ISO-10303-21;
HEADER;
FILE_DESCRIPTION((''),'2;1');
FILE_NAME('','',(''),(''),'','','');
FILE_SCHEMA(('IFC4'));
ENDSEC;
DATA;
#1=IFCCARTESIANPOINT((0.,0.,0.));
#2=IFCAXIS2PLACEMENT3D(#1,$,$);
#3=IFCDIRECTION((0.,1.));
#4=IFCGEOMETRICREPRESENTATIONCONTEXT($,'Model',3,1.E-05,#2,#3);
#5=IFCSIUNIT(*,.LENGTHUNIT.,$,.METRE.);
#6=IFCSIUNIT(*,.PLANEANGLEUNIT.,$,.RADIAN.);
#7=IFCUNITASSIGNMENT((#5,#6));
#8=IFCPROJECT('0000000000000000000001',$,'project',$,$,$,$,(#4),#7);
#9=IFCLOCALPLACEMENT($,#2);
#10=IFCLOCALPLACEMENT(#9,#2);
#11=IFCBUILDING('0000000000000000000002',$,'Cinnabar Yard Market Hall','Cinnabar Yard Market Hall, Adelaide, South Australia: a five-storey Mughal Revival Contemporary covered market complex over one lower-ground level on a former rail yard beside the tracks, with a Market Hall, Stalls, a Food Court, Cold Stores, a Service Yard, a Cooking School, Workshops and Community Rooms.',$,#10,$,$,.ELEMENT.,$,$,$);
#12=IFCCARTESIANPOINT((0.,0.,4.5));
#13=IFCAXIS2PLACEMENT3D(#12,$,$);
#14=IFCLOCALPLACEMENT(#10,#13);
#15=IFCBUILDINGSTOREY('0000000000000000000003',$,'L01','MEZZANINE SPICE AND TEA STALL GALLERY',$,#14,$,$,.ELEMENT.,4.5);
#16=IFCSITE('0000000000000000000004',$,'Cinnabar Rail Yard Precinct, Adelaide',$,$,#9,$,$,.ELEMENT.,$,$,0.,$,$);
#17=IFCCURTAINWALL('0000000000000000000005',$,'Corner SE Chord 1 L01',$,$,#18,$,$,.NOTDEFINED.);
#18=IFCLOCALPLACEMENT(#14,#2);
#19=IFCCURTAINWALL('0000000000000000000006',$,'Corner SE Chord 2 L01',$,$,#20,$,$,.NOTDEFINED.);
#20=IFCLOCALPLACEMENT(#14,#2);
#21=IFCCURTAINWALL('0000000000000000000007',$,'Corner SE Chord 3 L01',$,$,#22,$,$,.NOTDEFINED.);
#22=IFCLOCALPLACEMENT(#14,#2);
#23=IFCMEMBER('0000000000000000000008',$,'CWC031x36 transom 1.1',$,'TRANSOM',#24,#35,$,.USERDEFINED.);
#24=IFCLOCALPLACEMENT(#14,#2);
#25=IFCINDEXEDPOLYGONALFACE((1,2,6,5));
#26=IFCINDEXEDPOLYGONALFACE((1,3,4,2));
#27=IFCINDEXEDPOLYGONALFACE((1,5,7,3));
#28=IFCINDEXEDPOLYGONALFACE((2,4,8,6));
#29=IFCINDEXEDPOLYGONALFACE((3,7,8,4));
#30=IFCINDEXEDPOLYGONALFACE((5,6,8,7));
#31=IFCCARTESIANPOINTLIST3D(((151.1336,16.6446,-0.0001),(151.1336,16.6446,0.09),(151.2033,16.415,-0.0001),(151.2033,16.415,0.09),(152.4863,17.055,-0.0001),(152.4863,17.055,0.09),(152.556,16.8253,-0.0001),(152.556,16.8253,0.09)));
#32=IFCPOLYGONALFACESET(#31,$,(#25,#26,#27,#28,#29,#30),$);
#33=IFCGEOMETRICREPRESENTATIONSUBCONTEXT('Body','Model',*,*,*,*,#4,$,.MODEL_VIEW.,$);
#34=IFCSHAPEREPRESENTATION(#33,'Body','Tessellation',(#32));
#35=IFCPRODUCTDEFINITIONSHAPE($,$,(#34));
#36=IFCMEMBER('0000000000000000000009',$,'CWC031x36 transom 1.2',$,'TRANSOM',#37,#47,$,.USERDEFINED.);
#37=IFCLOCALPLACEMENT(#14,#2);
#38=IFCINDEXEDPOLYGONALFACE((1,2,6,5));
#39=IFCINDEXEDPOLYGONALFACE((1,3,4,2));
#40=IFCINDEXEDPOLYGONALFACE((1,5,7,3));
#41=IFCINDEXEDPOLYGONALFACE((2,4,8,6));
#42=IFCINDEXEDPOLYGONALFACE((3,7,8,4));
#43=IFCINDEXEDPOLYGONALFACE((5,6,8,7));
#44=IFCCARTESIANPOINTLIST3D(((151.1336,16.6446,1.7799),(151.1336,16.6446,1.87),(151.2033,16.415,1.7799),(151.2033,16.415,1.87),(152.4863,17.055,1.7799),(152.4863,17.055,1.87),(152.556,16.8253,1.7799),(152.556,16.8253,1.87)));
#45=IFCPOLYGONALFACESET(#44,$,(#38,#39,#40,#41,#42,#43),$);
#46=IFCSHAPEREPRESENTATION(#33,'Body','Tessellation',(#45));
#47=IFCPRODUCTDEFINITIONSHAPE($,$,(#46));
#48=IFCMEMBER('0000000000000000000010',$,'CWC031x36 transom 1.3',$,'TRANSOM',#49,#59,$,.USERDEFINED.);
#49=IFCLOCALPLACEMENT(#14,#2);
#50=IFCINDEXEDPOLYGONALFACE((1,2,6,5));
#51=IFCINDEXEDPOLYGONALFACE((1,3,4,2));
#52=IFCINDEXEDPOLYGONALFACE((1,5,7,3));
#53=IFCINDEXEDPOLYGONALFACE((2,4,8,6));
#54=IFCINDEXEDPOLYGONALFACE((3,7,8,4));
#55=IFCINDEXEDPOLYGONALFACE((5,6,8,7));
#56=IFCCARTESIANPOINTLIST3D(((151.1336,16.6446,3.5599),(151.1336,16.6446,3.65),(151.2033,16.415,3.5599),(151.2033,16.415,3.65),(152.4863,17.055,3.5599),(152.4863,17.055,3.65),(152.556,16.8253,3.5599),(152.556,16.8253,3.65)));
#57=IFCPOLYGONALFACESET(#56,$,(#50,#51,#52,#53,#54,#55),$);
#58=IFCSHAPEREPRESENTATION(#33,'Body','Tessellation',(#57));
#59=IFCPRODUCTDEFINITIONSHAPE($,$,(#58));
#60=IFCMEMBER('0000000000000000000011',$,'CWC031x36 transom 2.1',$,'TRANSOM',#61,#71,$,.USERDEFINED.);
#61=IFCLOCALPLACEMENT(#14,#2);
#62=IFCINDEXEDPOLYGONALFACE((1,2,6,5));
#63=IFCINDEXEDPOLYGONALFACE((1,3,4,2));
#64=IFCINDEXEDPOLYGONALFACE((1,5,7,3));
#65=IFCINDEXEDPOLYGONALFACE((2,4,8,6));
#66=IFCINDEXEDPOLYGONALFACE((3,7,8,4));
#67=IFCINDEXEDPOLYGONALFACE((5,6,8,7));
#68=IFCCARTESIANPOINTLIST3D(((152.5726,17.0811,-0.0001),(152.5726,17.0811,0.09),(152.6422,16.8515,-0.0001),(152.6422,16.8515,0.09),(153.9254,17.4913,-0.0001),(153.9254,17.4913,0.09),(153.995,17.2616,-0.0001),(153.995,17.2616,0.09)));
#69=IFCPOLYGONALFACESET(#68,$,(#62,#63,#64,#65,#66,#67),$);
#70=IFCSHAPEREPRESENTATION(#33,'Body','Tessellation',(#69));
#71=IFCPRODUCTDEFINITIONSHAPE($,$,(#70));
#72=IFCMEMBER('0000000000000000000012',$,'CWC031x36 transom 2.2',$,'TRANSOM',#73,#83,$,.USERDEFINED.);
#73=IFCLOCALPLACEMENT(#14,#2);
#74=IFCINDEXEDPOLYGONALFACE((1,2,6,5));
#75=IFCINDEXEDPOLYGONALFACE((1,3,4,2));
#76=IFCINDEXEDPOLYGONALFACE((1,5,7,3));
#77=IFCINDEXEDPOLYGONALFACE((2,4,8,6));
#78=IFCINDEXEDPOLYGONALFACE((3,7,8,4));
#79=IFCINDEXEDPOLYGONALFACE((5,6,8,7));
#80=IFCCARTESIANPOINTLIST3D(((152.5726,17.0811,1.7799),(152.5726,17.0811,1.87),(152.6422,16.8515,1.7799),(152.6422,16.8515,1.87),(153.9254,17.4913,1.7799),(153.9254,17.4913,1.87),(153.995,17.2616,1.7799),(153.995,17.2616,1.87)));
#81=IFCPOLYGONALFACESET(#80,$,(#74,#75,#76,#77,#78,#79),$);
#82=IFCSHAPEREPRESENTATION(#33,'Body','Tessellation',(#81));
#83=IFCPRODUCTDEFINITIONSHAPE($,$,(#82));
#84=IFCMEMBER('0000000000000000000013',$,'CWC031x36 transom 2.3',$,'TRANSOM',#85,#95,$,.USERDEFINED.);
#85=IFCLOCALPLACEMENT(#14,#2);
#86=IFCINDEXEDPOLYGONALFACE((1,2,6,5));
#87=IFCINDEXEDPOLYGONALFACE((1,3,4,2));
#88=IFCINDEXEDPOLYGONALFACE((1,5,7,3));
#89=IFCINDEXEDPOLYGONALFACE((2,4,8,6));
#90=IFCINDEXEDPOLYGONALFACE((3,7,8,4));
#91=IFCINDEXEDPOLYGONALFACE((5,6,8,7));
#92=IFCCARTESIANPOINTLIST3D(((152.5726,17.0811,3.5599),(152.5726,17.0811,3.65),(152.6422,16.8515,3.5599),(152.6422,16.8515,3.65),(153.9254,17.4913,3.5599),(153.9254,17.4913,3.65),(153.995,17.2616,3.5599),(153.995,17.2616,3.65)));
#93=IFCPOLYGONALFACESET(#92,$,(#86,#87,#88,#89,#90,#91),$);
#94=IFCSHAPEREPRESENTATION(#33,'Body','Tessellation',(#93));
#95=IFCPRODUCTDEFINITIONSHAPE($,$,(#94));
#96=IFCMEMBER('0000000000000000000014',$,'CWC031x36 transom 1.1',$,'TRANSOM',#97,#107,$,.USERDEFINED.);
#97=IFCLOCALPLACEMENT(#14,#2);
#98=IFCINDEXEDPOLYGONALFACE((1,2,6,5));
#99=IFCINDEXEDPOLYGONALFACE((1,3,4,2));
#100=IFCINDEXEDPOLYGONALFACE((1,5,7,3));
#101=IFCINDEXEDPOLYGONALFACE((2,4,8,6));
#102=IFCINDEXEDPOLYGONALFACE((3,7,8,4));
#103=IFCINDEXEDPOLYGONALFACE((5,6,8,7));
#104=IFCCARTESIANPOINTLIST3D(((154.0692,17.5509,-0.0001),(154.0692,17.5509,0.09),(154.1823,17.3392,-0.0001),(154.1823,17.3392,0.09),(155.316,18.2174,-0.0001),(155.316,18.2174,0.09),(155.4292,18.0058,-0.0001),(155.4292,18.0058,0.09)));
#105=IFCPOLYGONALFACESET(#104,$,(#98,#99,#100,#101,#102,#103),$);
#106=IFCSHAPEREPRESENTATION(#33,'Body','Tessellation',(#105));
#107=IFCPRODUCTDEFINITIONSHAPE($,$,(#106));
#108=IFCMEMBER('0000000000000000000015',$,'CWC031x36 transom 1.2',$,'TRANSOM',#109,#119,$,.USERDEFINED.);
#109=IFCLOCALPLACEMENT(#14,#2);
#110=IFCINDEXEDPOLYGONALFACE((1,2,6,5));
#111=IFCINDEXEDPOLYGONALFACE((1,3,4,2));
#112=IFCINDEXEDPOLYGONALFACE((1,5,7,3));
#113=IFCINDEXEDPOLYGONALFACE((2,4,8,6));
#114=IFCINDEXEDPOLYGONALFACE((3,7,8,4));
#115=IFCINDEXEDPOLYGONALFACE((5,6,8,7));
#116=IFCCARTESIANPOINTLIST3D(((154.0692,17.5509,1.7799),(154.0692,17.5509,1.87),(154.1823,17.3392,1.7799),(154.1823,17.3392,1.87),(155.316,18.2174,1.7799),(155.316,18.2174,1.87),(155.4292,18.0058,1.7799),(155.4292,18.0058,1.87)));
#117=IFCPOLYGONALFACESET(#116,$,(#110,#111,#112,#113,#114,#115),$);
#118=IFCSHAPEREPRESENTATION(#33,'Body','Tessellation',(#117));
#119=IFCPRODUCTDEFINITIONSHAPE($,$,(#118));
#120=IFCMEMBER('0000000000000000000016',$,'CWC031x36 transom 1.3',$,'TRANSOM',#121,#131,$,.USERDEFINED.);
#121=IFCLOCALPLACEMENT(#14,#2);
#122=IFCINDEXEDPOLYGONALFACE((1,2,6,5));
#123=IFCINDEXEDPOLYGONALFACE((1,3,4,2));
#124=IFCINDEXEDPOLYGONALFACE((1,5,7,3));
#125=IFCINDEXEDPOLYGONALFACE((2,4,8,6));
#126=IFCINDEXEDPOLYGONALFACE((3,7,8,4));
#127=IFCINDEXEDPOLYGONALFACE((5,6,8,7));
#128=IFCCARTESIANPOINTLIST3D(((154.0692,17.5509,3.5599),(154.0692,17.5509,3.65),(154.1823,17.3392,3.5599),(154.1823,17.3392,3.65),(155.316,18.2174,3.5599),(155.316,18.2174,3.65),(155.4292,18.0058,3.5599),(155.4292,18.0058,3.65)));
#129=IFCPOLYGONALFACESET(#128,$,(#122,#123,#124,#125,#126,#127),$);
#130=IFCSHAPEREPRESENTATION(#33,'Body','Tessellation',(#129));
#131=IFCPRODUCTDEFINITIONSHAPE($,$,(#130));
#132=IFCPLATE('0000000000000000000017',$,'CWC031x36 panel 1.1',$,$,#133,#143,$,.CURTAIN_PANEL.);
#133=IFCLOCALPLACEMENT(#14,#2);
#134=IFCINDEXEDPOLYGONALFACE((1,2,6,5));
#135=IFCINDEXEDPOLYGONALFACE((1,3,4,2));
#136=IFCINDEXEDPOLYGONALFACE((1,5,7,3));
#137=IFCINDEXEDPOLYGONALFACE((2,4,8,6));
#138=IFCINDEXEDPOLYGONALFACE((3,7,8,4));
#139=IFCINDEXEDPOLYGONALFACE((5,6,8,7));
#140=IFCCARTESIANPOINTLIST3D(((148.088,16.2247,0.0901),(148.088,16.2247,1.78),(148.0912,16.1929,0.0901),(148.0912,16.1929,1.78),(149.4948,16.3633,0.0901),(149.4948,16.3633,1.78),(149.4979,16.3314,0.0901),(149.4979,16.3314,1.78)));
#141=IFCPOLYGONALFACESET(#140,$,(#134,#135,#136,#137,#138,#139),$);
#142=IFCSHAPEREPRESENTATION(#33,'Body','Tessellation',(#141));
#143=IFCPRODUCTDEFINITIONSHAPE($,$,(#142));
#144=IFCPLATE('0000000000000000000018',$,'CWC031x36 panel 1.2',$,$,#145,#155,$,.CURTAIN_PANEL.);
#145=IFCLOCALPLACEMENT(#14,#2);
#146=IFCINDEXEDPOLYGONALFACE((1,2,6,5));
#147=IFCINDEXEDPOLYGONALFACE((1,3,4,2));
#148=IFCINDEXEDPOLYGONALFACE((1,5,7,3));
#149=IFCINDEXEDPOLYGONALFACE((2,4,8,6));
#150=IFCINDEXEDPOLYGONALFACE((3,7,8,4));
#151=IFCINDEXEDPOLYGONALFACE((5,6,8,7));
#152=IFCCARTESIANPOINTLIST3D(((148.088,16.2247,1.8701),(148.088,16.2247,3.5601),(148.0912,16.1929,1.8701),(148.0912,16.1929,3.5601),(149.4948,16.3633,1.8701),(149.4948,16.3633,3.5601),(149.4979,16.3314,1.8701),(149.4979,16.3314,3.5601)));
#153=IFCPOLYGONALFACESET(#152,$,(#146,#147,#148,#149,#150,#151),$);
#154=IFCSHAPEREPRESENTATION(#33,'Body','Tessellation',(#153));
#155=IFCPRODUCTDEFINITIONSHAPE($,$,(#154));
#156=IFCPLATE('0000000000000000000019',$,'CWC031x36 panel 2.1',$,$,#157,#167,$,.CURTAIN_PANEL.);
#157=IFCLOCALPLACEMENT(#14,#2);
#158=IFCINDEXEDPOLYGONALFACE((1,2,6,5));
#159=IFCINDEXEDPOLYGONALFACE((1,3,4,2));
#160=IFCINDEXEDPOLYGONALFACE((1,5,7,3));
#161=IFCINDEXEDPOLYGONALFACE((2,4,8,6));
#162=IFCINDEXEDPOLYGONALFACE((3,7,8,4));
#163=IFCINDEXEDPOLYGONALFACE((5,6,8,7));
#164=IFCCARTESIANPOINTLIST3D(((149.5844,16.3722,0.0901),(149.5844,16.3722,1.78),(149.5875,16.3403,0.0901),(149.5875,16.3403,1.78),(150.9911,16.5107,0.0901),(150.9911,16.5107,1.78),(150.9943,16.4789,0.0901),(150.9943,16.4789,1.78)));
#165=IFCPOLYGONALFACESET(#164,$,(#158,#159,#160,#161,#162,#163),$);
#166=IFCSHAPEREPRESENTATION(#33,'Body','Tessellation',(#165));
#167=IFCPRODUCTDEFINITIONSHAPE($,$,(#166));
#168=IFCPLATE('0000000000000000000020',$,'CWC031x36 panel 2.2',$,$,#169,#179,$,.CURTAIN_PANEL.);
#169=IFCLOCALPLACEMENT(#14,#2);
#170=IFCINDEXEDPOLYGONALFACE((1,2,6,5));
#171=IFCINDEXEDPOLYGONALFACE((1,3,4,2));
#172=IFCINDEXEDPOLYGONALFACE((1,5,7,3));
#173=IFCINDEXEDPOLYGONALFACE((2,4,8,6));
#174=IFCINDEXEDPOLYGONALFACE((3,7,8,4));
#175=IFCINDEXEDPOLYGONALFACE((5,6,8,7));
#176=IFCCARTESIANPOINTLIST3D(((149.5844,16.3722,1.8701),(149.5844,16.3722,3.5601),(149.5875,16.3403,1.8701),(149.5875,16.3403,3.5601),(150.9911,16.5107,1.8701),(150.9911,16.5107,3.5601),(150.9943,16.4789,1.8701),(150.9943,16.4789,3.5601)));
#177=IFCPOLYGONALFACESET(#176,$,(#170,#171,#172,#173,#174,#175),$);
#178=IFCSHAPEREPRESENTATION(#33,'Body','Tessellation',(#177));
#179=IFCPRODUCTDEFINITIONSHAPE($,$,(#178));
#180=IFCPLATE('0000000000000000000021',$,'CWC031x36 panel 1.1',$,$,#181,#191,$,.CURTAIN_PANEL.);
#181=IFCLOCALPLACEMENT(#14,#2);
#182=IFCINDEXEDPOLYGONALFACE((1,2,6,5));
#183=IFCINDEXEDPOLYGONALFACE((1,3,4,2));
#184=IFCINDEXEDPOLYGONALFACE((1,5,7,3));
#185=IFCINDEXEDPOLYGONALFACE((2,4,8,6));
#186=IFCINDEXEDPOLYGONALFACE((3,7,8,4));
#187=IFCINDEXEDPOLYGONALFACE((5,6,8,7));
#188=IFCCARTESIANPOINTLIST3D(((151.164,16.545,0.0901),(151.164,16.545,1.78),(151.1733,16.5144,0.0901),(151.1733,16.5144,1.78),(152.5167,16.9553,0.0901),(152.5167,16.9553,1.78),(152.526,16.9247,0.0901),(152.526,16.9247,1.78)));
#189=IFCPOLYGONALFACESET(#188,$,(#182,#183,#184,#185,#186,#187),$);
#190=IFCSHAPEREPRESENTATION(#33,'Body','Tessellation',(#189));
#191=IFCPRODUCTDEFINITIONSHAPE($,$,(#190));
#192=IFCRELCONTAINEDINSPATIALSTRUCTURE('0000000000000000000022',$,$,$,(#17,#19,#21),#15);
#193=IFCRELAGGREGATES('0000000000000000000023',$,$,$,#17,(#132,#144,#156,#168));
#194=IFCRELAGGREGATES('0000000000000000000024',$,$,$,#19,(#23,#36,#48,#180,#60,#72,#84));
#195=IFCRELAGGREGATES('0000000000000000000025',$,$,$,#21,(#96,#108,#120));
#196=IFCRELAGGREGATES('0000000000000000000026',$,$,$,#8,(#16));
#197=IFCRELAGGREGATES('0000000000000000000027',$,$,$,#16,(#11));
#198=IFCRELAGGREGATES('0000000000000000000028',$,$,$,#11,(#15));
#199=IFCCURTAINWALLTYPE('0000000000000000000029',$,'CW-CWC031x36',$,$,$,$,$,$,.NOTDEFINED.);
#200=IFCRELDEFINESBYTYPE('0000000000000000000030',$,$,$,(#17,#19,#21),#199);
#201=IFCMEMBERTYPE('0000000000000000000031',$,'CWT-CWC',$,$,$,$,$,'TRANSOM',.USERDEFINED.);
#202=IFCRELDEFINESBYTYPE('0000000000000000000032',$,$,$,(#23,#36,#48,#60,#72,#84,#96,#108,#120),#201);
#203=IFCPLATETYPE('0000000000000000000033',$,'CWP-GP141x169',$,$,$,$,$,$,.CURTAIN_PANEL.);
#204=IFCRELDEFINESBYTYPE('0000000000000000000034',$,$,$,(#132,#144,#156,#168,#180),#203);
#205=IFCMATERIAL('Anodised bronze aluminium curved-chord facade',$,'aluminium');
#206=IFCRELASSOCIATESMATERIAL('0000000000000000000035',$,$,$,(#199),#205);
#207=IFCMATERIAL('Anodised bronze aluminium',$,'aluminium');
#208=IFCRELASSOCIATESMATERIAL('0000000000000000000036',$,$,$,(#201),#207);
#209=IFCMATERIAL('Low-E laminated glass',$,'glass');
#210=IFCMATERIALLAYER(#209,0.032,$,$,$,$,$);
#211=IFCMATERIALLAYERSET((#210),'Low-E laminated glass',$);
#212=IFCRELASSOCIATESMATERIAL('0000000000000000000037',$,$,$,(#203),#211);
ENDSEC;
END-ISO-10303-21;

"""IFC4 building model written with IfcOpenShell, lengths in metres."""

from ifc_helpers import new_model, si_unit, direction, frame, origin, origin_2d_with_axis, place, context, subcontext, project, spatial, rectangle, extrude, material, layer, layer_set, material_profile, profile_set, type_object, element, aggregate, save


model = new_model("IFC4")

# Units and contexts
model_context = context("Model", 3, precision=1e-05, world=origin(), true_north=direction((0.0, 1.0)))
body_context = subcontext(model_context, "Body", "Model", "MODEL_VIEW")
ifc_project = project(units=[si_unit("LENGTHUNIT", "METRE"), si_unit("PLANEANGLEUNIT", "RADIAN")], contexts=[model_context])

# Site, building, storey
site_placement = place(None, origin())
site = spatial("IfcSite", under=ifc_project, at=site_placement, Name="Cinnabar Rail Yard Precinct, Adelaide", CompositionType="ELEMENT", RefElevation=0.0)
building_placement = place(site_placement, origin())
building = spatial("IfcBuilding", under=site, at=building_placement, Name="Cinnabar Yard Market Hall", Description="Cinnabar Yard Market Hall, Adelaide, South Australia: a five-storey Mughal Revival Contemporary covered market complex over one lower-ground level on a former rail yard beside the tracks, with a Market Hall, Stalls, a Food Court, Cold Stores, a Service Yard, a Cooking School, Workshops and Community Rooms.", CompositionType="ELEMENT")
storey_placement = place(building_placement, frame((0.0, 0.0, 4.5)))
storey = spatial("IfcBuildingStorey", under=building, at=storey_placement, Name="L01", Description="MEZZANINE SPICE AND TEA STALL GALLERY", CompositionType="ELEMENT", Elevation=4.5)

# Curtain walls
ifc_material_1 = material(Name="Anodised bronze aluminium curved-chord facade", Category="aluminium")
curtain_wall_type_1 = type_object("IfcCurtainWallType", Name="CW-CWC031x36", PredefinedType="NOTDEFINED", material=ifc_material_1)
curtain_wall_1_placement = place(storey_placement, origin())
curtain_wall_1 = element("IfcCurtainWall", 1, at=curtain_wall_1_placement, inside=storey, type_object=curtain_wall_type_1, Name="Corner SE Chord 1 L01", PredefinedType="NOTDEFINED")
ifc_material_2 = material(Name="Anodised bronze aluminium", Category="aluminium")
curtain_wall_2_placement = place(storey_placement, origin())
curtain_wall_2 = element("IfcCurtainWall", 2, at=curtain_wall_2_placement, inside=storey, type_object=curtain_wall_type_1, Name="Corner SE Chord 2 L01", PredefinedType="NOTDEFINED")

# Curtain wall
curtain_wall_3_placement = place(storey_placement, origin())
curtain_wall_3 = element("IfcCurtainWall", 3, at=curtain_wall_3_placement, inside=storey, type_object=curtain_wall_type_1, Name="Corner SE Chord 3 L01", PredefinedType="NOTDEFINED")

# Members
ifc_material_profile_1 = material_profile(ifc_material_2, rectangle(XDim=0.24, YDim=0.0901, at=origin_2d_with_axis()), Name="TRN-CWC")
ifc_profile_set_1 = profile_set([ifc_material_profile_1], Name="Anodised bronze aluminium")
member_type_1 = type_object("IfcMemberType", Name="CWT-CWC", ElementType="TRANSOM", PredefinedType="USERDEFINED", material=ifc_profile_set_1)
member_1_placement = place(storey_placement, frame((151.1685, 16.5298, 0.0449), z_axis=(0.956933, 0.290309, 0.0), x_axis=(-0.290309, 0.956933, 0.0)))
member_1 = element("IfcMember", 4, at=member_1_placement, type_object=member_type_1, Name="CWC031x36 transom 1.1", ObjectType="TRANSOM", PredefinedType="USERDEFINED", context=body_context, shape_type="SweptSolid", body=[
    extrude(rectangle(XDim=0.24, YDim=0.0901, at=origin_2d_with_axis()), origin(), (0.0, 0.0, 1.0), 1.4136),
])
member_2_placement = place(storey_placement, frame((151.1685, 16.5298, 1.825), z_axis=(0.956933, 0.290309, 0.0), x_axis=(-0.290309, 0.956933, 0.0)))
member_2 = element("IfcMember", 5, at=member_2_placement, type_object=member_type_1, Name="CWC031x36 transom 1.2", ObjectType="TRANSOM", PredefinedType="USERDEFINED", context=body_context, shape_type="SweptSolid", body=[
    extrude(rectangle(XDim=0.24, YDim=0.0901, at=origin_2d_with_axis()), origin(), (0.0, 0.0, 1.0), 1.4136),
])
member_3_placement = place(storey_placement, frame((151.1685, 16.5298, 3.605), z_axis=(0.956933, 0.290309, 0.0), x_axis=(-0.290309, 0.956933, 0.0)))
member_3 = element("IfcMember", 6, at=member_3_placement, type_object=member_type_1, Name="CWC031x36 transom 1.3", ObjectType="TRANSOM", PredefinedType="USERDEFINED", context=body_context, shape_type="SweptSolid", body=[
    extrude(rectangle(XDim=0.24, YDim=0.0901, at=origin_2d_with_axis()), origin(), (0.0, 0.0, 1.0), 1.4136),
])
member_4_placement = place(storey_placement, frame((152.6074, 16.9663, 0.0449), z_axis=(0.956981, 0.290151, 0.0), x_axis=(-0.290151, 0.956981, 0.0)))
member_4 = element("IfcMember", 7, at=member_4_placement, type_object=member_type_1, Name="CWC031x36 transom 2.1", ObjectType="TRANSOM", PredefinedType="USERDEFINED", context=body_context, shape_type="SweptSolid", body=[
    extrude(rectangle(XDim=0.24, YDim=0.0901, at=origin_2d_with_axis()), origin(), (0.0, 0.0, 1.0), 1.4136),
])
member_5_placement = place(storey_placement, frame((152.6074, 16.9663, 1.825), z_axis=(0.956981, 0.290151, 0.0), x_axis=(-0.290151, 0.956981, 0.0)))
member_5 = element("IfcMember", 8, at=member_5_placement, type_object=member_type_1, Name="CWC031x36 transom 2.2", ObjectType="TRANSOM", PredefinedType="USERDEFINED", context=body_context, shape_type="SweptSolid", body=[
    extrude(rectangle(XDim=0.24, YDim=0.0901, at=origin_2d_with_axis()), origin(), (0.0, 0.0, 1.0), 1.4136),
])
member_6_placement = place(storey_placement, frame((152.6074, 16.9663, 3.605), z_axis=(0.956981, 0.290151, 0.0), x_axis=(-0.290151, 0.956981, 0.0)))
member_6 = element("IfcMember", 9, at=member_6_placement, type_object=member_type_1, Name="CWC031x36 transom 2.3", ObjectType="TRANSOM", PredefinedType="USERDEFINED", context=body_context, shape_type="SweptSolid", body=[
    extrude(rectangle(XDim=0.24, YDim=0.0901, at=origin_2d_with_axis()), origin(), (0.0, 0.0, 1.0), 1.4136),
])
member_7_placement = place(storey_placement, frame((154.1257, 17.4451, 0.0449), z_axis=(0.881903, 0.471431, 0.0), x_axis=(-0.471431, 0.881903, 0.0)))
member_7 = element("IfcMember", 10, at=member_7_placement, type_object=member_type_1, Name="CWC031x36 transom 1.1", ObjectType="TRANSOM", PredefinedType="USERDEFINED", context=body_context, shape_type="SweptSolid", body=[
    extrude(rectangle(XDim=0.24, YDim=0.0901, at=origin_2d_with_axis()), origin(), (0.0, 0.0, 1.0), 1.4138),
])
member_8_placement = place(storey_placement, frame((154.1257, 17.4451, 1.825), z_axis=(0.881903, 0.471431, 0.0), x_axis=(-0.471431, 0.881903, 0.0)))
member_8 = element("IfcMember", 11, at=member_8_placement, type_object=member_type_1, Name="CWC031x36 transom 1.2", ObjectType="TRANSOM", PredefinedType="USERDEFINED", context=body_context, shape_type="SweptSolid", body=[
    extrude(rectangle(XDim=0.24, YDim=0.0901, at=origin_2d_with_axis()), origin(), (0.0, 0.0, 1.0), 1.4138),
])
member_9_placement = place(storey_placement, frame((154.1257, 17.4451, 3.605), z_axis=(0.881903, 0.471431, 0.0), x_axis=(-0.471431, 0.881903, 0.0)))
member_9 = element("IfcMember", 12, at=member_9_placement, type_object=member_type_1, Name="CWC031x36 transom 1.3", ObjectType="TRANSOM", PredefinedType="USERDEFINED", context=body_context, shape_type="SweptSolid", body=[
    extrude(rectangle(XDim=0.24, YDim=0.0901, at=origin_2d_with_axis()), origin(), (0.0, 0.0, 1.0), 1.4138),
])

# Plates
ifc_material_3 = material(Name="Low-E laminated glass", Category="glass")
ifc_layer = layer(ifc_material_3, 0.032)
ifc_layer_set = layer_set([ifc_layer], Name="Low-E laminated glass")
plate_type = type_object("IfcPlateType", Name="CWP-GP141x169", PredefinedType="CURTAIN_PANEL", material=ifc_layer_set)
plate_1_placement = place(storey_placement, frame((148.793, 16.2781, 0.0901), z_axis=(0.0, 0.0, 1.0), x_axis=(0.995184, 0.09802, 0.0)))
plate_1 = element("IfcPlate", 13, at=plate_1_placement, type_object=plate_type, Name="CWC031x36 panel 1.1", PredefinedType="CURTAIN_PANEL", context=body_context, shape_type="SweptSolid", body=[
    extrude(rectangle(XDim=1.4136, YDim=0.032, at=origin_2d_with_axis()), origin(), (0.0, 0.0, 1.0), 1.6899),
])
plate_2_placement = place(storey_placement, frame((148.793, 16.2781, 1.8701), z_axis=(0.0, 0.0, 1.0), x_axis=(0.995184, 0.09802, 0.0)))
plate_2 = element("IfcPlate", 14, at=plate_2_placement, type_object=plate_type, Name="CWC031x36 panel 1.2", PredefinedType="CURTAIN_PANEL", context=body_context, shape_type="SweptSolid", body=[
    extrude(rectangle(XDim=1.4136, YDim=0.032, at=origin_2d_with_axis()), origin(), (0.0, 0.0, 1.0), 1.6899),
])
plate_3_placement = place(storey_placement, frame((150.2893, 16.4255, 0.0901), z_axis=(0.0, 0.0, 1.0), x_axis=(0.995184, 0.09802, 0.0)))
plate_3 = element("IfcPlate", 15, at=plate_3_placement, type_object=plate_type, Name="CWC031x36 panel 2.1", PredefinedType="CURTAIN_PANEL", context=body_context, shape_type="SweptSolid", body=[
    extrude(rectangle(XDim=1.4136, YDim=0.032, at=origin_2d_with_axis()), origin(), (0.0, 0.0, 1.0), 1.6899),
])
plate_4_placement = place(storey_placement, frame((150.2893, 16.4255, 1.8701), z_axis=(0.0, 0.0, 1.0), x_axis=(0.995184, 0.09802, 0.0)))
plate_4 = element("IfcPlate", 16, at=plate_4_placement, type_object=plate_type, Name="CWC031x36 panel 2.2", PredefinedType="CURTAIN_PANEL", context=body_context, shape_type="SweptSolid", body=[
    extrude(rectangle(XDim=1.4136, YDim=0.032, at=origin_2d_with_axis()), origin(), (0.0, 0.0, 1.0), 1.6899),
])
aggregate(curtain_wall_1, [plate_1, plate_2, plate_3, plate_4])
plate_5_placement = place(storey_placement, frame((151.845, 16.7349, 0.0901), z_axis=(0.0, 0.0, 1.0), x_axis=(0.956942, 0.290279, 0.0)))
plate_5 = element("IfcPlate", 17, at=plate_5_placement, type_object=plate_type, Name="CWC031x36 panel 1.1", PredefinedType="CURTAIN_PANEL", context=body_context, shape_type="SweptSolid", body=[
    extrude(rectangle(XDim=1.4136, YDim=0.032, at=origin_2d_with_axis()), origin(), (0.0, 0.0, 1.0), 1.6899),
])
aggregate(curtain_wall_2, [member_1, member_2, member_3, plate_5, member_4, member_5, member_6])
aggregate(curtain_wall_3, [member_7, member_8, member_9])

save(model, "model.ifc")
